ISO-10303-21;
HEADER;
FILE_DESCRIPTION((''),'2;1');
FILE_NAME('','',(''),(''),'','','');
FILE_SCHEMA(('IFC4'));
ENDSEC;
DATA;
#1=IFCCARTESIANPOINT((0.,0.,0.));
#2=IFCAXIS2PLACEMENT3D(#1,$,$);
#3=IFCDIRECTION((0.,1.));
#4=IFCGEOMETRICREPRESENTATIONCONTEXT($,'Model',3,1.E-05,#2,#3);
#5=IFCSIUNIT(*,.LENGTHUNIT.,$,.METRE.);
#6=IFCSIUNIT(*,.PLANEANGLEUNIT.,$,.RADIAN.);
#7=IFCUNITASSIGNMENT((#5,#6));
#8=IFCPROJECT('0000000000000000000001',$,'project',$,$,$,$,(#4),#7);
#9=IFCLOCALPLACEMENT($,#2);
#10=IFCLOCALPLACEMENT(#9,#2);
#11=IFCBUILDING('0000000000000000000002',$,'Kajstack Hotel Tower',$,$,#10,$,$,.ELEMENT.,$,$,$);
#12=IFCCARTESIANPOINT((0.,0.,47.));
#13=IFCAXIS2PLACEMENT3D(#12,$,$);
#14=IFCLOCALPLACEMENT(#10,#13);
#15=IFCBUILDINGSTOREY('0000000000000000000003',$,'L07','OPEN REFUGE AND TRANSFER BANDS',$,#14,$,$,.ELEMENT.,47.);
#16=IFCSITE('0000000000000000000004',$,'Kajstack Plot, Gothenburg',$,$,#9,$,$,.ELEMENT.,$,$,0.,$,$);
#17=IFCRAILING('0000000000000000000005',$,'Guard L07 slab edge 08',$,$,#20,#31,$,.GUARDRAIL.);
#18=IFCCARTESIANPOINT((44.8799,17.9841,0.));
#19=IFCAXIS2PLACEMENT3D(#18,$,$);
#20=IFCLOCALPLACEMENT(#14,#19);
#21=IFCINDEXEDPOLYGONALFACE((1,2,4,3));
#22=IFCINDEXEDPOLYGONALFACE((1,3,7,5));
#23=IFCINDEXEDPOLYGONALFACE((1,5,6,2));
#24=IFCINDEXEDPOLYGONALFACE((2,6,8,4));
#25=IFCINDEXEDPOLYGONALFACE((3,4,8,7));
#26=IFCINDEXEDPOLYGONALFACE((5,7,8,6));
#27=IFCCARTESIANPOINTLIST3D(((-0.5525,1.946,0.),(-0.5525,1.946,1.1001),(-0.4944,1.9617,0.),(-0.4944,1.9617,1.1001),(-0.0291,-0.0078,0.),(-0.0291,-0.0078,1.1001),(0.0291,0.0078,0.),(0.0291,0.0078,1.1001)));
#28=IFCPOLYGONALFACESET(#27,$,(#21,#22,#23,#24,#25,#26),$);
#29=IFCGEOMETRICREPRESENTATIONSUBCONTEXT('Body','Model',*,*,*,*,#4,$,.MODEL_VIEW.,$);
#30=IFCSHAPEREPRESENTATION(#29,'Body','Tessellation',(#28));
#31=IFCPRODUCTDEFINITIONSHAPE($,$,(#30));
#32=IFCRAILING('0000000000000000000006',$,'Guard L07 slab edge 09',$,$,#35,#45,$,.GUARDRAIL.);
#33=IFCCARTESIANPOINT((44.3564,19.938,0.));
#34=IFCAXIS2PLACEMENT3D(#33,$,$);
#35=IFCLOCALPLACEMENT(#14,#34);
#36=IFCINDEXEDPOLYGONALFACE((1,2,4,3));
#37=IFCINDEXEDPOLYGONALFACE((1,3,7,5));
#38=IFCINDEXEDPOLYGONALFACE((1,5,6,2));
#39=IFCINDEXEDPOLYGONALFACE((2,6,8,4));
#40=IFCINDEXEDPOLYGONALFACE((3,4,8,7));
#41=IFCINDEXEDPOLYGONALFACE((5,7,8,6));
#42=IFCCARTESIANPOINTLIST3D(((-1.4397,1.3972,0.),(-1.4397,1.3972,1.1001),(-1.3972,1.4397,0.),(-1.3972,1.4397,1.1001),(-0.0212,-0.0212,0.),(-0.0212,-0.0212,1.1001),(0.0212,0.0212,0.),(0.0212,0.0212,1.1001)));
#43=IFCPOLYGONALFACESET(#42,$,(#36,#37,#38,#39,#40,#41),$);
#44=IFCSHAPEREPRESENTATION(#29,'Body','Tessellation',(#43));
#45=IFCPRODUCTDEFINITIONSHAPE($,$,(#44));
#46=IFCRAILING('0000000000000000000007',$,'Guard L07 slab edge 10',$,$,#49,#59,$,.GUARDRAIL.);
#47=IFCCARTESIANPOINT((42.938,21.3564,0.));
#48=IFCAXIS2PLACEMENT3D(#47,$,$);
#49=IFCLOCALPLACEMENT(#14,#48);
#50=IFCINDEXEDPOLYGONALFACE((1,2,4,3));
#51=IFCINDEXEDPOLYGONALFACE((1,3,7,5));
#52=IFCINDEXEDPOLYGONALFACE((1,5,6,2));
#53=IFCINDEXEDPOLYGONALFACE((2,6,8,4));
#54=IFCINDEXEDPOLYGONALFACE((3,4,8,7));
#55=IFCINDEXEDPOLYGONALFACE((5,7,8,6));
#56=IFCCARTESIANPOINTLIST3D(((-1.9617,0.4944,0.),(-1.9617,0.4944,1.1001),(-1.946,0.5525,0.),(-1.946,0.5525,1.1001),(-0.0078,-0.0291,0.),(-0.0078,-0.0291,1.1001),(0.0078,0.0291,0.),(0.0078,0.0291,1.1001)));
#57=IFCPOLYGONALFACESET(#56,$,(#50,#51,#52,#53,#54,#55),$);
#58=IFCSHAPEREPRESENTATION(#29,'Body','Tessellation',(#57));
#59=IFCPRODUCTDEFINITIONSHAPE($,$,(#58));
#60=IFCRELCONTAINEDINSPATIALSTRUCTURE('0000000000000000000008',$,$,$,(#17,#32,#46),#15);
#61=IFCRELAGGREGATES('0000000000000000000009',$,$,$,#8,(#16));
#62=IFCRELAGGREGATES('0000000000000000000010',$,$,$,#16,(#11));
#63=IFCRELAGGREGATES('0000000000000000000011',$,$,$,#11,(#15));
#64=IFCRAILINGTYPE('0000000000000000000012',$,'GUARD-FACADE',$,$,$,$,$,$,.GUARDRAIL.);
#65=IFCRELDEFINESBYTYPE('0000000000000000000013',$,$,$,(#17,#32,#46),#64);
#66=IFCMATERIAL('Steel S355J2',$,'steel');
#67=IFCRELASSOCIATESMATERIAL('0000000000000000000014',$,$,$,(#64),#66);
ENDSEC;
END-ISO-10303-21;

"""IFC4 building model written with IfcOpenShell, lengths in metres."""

from ifc_helpers import new_model, si_unit, direction, frame, origin, place, context, subcontext, project, spatial, polyline, outline, extrude, material, type_object, element, save


model = new_model("IFC4")

# Units and contexts
model_context = context("Model", 3, precision=1e-05, world=origin(), true_north=direction((0.0, 1.0)))
body_context = subcontext(model_context, "Body", "Model", "MODEL_VIEW")
ifc_project = project(units=[si_unit("LENGTHUNIT", "METRE"), si_unit("PLANEANGLEUNIT", "RADIAN")], contexts=[model_context])

# Site, building, storey
site_placement = place(None, origin())
site = spatial("IfcSite", under=ifc_project, at=site_placement, Name="Kajstack Plot, Gothenburg", CompositionType="ELEMENT", RefElevation=0.0)
building_placement = place(site_placement, origin())
building = spatial("IfcBuilding", under=site, at=building_placement, Name="Kajstack Hotel Tower", CompositionType="ELEMENT")
storey_placement = place(building_placement, frame((0.0, 0.0, 47.0)))
storey = spatial("IfcBuildingStorey", under=building, at=storey_placement, Name="L07", Description="OPEN REFUGE AND TRANSFER BANDS", CompositionType="ELEMENT", Elevation=47.0)

# Railings
ifc_material_1 = material(Name="Steel S355J2", Category="steel")
railing_type_1 = type_object("IfcRailingType", Name="GUARD-FACADE", PredefinedType="GUARDRAIL", material=ifc_material_1)
railing_1_placement = place(storey_placement, frame((44.8799, 17.9841, 0.0)))
element("IfcRailing", 1, at=railing_1_placement, inside=storey, type_object=railing_type_1, Name="Guard L07 slab edge 08", PredefinedType="GUARDRAIL", context=body_context, shape_type="SweptSolid", body=[
    extrude(outline(polyline([(-0.5525, 1.946), (-0.4944, 1.9617), (0.0291, 0.0078), (-0.0291, -0.0078), (-0.5525, 1.946)])), origin(), (0.0, 0.0, 1.0), 1.1001),
])
railing_2_placement = place(storey_placement, frame((44.3564, 19.938, 0.0)))
element("IfcRailing", 2, at=railing_2_placement, inside=storey, type_object=railing_type_1, Name="Guard L07 slab edge 09", PredefinedType="GUARDRAIL", context=body_context, shape_type="SweptSolid", body=[
    extrude(outline(polyline([(-1.4397, 1.3972), (-1.3972, 1.4397), (0.0212, 0.0212), (-0.0212, -0.0212), (-1.4397, 1.3972)])), origin(), (0.0, 0.0, 1.0), 1.1001),
])
railing_3_placement = place(storey_placement, frame((42.938, 21.3564, 0.0)))
element("IfcRailing", 3, at=railing_3_placement, inside=storey, type_object=railing_type_1, Name="Guard L07 slab edge 10", PredefinedType="GUARDRAIL", context=body_context, shape_type="SweptSolid", body=[
    extrude(outline(polyline([(-1.9617, 0.4944), (-1.946, 0.5525), (0.0078, 0.0291), (-0.0078, -0.0291), (-1.9617, 0.4944)])), origin(), (0.0, 0.0, 1.0), 1.1001),
])

save(model, "model.ifc")
